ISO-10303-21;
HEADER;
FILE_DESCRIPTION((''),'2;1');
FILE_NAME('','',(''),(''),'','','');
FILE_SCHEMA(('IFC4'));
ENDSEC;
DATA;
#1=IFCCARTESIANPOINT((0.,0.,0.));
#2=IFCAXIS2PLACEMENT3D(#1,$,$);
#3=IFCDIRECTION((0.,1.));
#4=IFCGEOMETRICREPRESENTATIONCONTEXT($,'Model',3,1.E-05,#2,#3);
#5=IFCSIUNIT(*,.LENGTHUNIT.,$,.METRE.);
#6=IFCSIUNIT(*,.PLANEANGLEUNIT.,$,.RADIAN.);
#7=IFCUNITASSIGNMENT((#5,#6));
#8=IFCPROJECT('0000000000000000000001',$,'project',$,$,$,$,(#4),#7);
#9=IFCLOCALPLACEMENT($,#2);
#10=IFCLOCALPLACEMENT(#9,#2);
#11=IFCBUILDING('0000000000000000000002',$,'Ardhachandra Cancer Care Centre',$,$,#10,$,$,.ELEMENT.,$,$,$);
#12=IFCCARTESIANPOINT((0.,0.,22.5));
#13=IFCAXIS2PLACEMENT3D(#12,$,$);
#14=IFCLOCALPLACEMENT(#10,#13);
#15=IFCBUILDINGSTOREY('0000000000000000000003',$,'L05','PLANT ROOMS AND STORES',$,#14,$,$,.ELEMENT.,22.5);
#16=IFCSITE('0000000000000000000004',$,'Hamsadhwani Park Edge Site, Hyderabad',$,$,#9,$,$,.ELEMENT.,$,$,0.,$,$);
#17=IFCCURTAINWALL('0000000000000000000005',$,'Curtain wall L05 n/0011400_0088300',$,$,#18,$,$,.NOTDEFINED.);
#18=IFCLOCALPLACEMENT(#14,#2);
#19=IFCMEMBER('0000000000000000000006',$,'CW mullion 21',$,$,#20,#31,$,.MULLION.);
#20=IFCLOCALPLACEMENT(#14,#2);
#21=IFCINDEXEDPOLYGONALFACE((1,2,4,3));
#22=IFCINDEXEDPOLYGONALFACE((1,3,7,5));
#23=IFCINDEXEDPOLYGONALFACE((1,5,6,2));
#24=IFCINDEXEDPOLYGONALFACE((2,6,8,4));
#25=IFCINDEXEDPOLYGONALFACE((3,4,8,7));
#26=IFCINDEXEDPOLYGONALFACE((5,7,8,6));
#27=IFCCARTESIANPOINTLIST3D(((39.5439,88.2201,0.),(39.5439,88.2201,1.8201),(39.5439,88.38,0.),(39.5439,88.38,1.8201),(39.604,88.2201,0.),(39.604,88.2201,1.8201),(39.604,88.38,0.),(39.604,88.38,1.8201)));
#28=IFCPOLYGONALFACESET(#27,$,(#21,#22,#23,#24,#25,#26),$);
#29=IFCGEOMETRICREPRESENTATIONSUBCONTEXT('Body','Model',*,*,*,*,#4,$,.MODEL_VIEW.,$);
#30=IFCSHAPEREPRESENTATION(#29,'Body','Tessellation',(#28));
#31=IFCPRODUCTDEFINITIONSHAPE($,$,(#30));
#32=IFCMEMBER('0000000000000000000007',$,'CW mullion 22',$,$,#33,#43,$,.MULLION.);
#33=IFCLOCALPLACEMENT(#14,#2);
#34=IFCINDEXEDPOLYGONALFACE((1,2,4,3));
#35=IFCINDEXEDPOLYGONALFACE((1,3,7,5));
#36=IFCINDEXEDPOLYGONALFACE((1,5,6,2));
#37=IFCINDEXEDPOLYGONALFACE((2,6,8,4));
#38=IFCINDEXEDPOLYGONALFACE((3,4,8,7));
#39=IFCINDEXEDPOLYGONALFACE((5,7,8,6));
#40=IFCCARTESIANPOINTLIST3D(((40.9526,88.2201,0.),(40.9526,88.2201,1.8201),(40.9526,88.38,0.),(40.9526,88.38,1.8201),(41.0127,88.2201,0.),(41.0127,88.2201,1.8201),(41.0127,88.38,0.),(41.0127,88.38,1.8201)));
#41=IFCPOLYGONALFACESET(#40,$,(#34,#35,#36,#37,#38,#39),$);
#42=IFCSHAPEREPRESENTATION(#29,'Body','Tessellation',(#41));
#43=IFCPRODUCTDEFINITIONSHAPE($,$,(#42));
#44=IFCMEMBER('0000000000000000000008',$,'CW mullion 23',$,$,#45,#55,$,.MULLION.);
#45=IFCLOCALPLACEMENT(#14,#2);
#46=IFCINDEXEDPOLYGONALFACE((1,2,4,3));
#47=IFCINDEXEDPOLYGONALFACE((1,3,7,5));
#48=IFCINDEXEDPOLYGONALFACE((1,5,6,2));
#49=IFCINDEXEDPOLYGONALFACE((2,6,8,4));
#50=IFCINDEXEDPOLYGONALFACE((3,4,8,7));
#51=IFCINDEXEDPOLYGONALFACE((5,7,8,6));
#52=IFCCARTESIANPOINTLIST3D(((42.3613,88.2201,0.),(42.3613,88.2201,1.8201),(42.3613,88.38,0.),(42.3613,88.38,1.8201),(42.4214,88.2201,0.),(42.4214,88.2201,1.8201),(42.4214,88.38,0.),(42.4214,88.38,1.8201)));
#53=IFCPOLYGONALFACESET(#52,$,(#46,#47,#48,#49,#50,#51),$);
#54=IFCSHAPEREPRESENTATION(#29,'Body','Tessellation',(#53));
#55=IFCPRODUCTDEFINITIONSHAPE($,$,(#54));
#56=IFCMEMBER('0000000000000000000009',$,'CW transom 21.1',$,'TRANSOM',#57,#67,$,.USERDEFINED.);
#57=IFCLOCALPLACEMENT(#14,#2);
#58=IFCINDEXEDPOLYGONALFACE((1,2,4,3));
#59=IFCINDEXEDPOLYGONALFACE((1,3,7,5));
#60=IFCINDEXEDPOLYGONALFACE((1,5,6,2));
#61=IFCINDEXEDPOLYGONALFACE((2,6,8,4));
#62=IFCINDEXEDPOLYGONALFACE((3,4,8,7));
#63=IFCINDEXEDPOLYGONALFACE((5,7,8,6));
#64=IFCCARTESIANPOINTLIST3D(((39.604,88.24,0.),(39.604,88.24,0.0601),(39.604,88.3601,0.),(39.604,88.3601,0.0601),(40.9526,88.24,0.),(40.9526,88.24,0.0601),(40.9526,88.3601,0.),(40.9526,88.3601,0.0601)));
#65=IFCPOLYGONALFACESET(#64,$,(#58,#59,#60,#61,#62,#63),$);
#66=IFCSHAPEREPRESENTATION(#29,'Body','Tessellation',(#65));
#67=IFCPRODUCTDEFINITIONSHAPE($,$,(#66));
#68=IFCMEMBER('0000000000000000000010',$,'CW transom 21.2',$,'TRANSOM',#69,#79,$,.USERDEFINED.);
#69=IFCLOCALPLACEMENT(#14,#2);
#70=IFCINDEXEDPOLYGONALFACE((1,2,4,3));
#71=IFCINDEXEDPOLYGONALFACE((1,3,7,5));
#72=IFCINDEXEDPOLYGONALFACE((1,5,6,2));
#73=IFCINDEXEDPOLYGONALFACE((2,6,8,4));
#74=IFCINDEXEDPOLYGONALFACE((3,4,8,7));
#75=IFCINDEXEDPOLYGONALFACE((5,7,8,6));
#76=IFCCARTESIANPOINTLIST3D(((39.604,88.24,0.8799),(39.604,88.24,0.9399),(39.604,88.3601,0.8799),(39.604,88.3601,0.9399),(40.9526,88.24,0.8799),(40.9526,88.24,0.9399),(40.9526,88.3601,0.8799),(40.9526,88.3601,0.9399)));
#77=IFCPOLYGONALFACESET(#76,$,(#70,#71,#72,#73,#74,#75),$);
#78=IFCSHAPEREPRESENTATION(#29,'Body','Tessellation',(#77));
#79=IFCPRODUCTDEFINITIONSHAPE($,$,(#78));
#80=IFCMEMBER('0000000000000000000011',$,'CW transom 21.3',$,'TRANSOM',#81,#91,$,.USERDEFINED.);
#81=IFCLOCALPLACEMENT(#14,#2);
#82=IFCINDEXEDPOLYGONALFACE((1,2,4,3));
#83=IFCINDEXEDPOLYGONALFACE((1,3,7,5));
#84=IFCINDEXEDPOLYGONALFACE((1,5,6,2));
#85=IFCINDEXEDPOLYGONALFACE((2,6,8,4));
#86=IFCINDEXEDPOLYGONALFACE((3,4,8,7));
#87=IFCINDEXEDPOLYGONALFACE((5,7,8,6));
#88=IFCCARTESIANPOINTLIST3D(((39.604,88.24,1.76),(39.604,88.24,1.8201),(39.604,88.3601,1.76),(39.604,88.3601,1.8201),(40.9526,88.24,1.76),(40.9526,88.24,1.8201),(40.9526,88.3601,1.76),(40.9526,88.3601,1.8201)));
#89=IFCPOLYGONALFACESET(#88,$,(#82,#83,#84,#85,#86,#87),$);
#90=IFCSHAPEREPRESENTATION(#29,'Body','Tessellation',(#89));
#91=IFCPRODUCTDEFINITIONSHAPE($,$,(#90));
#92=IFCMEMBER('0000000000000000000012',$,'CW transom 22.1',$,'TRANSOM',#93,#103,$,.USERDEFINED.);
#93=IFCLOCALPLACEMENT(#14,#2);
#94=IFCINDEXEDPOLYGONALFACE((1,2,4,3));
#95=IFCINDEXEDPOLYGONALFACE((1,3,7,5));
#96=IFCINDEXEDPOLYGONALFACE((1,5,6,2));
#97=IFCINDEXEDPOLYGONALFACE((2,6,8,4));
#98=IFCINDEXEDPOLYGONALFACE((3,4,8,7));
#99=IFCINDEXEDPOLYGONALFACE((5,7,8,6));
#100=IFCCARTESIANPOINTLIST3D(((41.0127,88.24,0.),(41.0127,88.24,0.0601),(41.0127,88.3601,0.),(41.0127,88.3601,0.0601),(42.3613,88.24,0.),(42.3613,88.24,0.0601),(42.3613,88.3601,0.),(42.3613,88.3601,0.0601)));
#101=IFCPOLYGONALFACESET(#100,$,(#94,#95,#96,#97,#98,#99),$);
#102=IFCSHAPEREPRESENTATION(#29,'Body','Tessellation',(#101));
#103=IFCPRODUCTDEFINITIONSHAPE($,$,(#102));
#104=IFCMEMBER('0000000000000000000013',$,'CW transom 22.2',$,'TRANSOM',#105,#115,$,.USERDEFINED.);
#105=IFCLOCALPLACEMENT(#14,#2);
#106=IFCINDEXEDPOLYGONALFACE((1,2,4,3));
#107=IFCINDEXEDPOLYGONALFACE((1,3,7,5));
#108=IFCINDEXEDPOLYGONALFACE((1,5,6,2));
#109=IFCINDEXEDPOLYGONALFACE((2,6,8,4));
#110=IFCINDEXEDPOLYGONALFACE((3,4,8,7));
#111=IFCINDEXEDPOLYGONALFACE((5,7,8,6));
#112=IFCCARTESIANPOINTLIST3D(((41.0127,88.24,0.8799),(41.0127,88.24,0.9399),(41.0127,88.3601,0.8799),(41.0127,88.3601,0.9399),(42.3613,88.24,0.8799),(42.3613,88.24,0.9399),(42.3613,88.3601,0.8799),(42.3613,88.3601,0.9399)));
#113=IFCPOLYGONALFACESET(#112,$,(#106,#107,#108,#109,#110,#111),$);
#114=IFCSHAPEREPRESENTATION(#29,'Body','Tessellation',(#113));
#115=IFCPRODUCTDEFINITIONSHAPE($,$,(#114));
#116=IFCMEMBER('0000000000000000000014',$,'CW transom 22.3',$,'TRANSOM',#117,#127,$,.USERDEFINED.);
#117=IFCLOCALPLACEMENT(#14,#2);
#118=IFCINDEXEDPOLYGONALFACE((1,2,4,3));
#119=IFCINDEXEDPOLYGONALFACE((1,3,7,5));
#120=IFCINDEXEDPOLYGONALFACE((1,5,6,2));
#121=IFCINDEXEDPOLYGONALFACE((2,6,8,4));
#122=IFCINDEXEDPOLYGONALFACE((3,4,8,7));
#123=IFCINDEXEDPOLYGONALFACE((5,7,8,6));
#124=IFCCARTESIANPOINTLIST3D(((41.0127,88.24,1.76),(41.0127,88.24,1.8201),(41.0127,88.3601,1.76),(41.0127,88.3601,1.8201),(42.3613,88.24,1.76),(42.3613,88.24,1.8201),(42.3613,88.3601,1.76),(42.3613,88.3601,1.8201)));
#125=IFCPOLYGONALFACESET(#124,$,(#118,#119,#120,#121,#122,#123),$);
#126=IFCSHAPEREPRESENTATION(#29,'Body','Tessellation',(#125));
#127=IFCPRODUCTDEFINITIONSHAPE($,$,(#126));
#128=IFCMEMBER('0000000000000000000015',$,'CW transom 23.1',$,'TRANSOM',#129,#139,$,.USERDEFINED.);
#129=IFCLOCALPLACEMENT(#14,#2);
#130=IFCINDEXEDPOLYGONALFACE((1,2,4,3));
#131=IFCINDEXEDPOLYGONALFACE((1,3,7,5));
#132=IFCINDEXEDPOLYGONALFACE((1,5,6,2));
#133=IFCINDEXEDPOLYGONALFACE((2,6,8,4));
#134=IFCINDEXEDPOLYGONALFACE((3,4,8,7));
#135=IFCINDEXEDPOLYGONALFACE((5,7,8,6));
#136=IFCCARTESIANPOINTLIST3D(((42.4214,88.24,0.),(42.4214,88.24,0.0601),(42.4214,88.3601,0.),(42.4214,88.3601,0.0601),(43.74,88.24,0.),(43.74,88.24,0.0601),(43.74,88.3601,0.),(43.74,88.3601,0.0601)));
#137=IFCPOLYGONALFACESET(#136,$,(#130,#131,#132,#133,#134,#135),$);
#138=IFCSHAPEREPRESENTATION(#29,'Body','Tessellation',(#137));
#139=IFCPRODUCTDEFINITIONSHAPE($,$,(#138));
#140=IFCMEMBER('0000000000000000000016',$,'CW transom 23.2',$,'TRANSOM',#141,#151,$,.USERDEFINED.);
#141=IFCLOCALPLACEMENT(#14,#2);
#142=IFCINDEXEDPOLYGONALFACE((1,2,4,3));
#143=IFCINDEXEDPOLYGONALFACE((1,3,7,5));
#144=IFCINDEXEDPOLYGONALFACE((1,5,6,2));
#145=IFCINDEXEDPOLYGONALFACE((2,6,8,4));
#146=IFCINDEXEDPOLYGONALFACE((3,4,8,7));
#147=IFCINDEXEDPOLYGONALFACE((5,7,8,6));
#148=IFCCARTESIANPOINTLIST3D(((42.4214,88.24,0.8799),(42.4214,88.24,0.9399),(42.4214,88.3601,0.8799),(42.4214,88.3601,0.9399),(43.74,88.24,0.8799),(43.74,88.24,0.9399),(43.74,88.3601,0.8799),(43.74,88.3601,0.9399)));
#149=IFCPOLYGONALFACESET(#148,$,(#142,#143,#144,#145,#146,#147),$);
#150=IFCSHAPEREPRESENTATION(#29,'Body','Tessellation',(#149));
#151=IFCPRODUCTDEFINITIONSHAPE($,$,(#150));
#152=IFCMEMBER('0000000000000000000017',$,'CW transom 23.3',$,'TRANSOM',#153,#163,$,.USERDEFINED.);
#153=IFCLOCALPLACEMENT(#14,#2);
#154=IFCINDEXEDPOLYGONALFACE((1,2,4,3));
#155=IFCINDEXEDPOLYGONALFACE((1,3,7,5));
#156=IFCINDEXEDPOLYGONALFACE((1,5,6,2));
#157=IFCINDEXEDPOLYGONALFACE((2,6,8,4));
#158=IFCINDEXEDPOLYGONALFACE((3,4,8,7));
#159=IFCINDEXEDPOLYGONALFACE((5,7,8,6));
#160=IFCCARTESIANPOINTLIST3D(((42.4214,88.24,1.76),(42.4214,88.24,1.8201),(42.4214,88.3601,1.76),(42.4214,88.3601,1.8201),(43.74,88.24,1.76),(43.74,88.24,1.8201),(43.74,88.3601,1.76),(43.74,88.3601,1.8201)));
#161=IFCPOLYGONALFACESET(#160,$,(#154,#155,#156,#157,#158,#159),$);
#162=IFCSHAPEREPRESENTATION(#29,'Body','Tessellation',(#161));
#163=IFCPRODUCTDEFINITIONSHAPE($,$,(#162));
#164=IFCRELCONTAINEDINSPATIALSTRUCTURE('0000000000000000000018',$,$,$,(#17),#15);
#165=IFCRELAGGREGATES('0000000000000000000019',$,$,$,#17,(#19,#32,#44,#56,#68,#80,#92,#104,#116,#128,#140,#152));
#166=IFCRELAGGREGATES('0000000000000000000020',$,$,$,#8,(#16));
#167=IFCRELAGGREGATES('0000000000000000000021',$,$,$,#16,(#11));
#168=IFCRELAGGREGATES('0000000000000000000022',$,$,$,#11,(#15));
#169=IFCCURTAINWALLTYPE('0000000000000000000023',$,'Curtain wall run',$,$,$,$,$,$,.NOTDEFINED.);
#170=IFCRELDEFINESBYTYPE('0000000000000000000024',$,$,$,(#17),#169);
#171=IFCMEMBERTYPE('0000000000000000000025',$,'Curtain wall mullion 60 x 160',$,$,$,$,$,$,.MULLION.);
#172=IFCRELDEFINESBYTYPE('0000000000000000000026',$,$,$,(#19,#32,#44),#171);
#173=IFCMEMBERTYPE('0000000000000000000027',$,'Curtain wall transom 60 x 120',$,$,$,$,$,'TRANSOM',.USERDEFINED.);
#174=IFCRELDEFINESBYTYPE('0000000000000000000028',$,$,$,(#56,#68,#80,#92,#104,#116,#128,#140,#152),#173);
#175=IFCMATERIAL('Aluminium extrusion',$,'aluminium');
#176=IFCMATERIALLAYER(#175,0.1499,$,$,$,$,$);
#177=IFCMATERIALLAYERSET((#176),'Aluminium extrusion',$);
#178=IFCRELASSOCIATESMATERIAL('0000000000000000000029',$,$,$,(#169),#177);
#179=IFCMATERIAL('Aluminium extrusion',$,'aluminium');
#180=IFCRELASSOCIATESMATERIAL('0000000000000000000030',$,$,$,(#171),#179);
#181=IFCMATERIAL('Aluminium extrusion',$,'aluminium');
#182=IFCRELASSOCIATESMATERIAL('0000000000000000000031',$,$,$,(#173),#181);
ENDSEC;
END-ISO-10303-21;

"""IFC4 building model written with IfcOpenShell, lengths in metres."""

from ifc_helpers import new_model, si_unit, direction, frame, origin, origin_2d, place, context, subcontext, project, spatial, rectangle, extrude, material, layer, layer_set, material_profile, profile_set, type_object, element, aggregate, save


model = new_model("IFC4")

# Units and contexts
model_context = context("Model", 3, precision=1e-05, world=origin(), true_north=direction((0.0, 1.0)))
body_context = subcontext(model_context, "Body", "Model", "MODEL_VIEW")
ifc_project = project(units=[si_unit("LENGTHUNIT", "METRE"), si_unit("PLANEANGLEUNIT", "RADIAN")], contexts=[model_context])

# Site, building, storey
site_placement = place(None, origin())
site = spatial("IfcSite", under=ifc_project, at=site_placement, Name="Hamsadhwani Park Edge Site, Hyderabad", CompositionType="ELEMENT", RefElevation=0.0)
building_placement = place(site_placement, origin())
building = spatial("IfcBuilding", under=site, at=building_placement, Name="Ardhachandra Cancer Care Centre", CompositionType="ELEMENT")
storey_placement = place(building_placement, frame((0.0, 0.0, 22.5)))
storey = spatial("IfcBuildingStorey", under=building, at=storey_placement, Name="L05", Description="PLANT ROOMS AND STORES", CompositionType="ELEMENT", Elevation=22.5)

# Curtain wall, members
ifc_material_1 = material(Name="Aluminium extrusion", Category="aluminium")
ifc_layer_1 = layer(ifc_material_1, 0.1499)
ifc_layer_set_1 = layer_set([ifc_layer_1], Name="Aluminium extrusion")
curtain_wall_type = type_object("IfcCurtainWallType", Name="Curtain wall run", PredefinedType="NOTDEFINED", material=ifc_layer_set_1)
curtain_wall_placement = place(storey_placement, origin())
curtain_wall = element("IfcCurtainWall", 1, at=curtain_wall_placement, inside=storey, type_object=curtain_wall_type, Name="Curtain wall L05 n/0011400_0088300", PredefinedType="NOTDEFINED")
ifc_material_2 = material(Name="Aluminium extrusion", Category="aluminium")
ifc_material_profile_1 = material_profile(ifc_material_2, rectangle(XDim=0.1599, YDim=0.0601, at=origin_2d()), Name="Curtain wall mullion 60 x 160")
ifc_profile_set_1 = profile_set([ifc_material_profile_1], Name="Aluminium extrusion")
member_type_1 = type_object("IfcMemberType", Name="Curtain wall mullion 60 x 160", PredefinedType="MULLION", material=ifc_profile_set_1)
member_1_placement = place(storey_placement, frame((39.574, 88.3, 0.0), z_axis=(0.0, 0.0, 1.0), x_axis=(0.0, 1.0, 0.0)))
member_1 = element("IfcMember", 2, at=member_1_placement, type_object=member_type_1, Name="CW mullion 21", PredefinedType="MULLION", context=body_context, shape_type="SweptSolid", body=[
    extrude(rectangle(XDim=0.1599, YDim=0.0601, at=origin_2d()), origin(), (0.0, 0.0, 1.0), 1.8201),
])
member_2_placement = place(storey_placement, frame((40.9827, 88.3, 0.0), z_axis=(0.0, 0.0, 1.0), x_axis=(0.0, 1.0, 0.0)))
member_2 = element("IfcMember", 3, at=member_2_placement, type_object=member_type_1, Name="CW mullion 22", PredefinedType="MULLION", context=body_context, shape_type="SweptSolid", body=[
    extrude(rectangle(XDim=0.1599, YDim=0.0601, at=origin_2d()), origin(), (0.0, 0.0, 1.0), 1.8201),
])
member_3_placement = place(storey_placement, frame((42.3914, 88.3, 0.0), z_axis=(0.0, 0.0, 1.0), x_axis=(0.0, 1.0, 0.0)))
member_3 = element("IfcMember", 4, at=member_3_placement, type_object=member_type_1, Name="CW mullion 23", PredefinedType="MULLION", context=body_context, shape_type="SweptSolid", body=[
    extrude(rectangle(XDim=0.1599, YDim=0.0601, at=origin_2d()), origin(), (0.0, 0.0, 1.0), 1.8201),
])
ifc_material_3 = material(Name="Aluminium extrusion", Category="aluminium")
ifc_material_profile_2 = material_profile(ifc_material_3, rectangle(XDim=0.1201, YDim=0.0601, at=origin_2d()), Name="Curtain wall transom 60 x 120")
ifc_profile_set_2 = profile_set([ifc_material_profile_2], Name="Aluminium extrusion")
member_type_2 = type_object("IfcMemberType", Name="Curtain wall transom 60 x 120", ElementType="TRANSOM", PredefinedType="USERDEFINED", material=ifc_profile_set_2)
member_4_placement = place(storey_placement, frame((39.604, 88.3, 0.03), z_axis=(1.0, 0.0, 0.0), x_axis=(0.0, 1.0, 0.0)))
member_4 = element("IfcMember", 5, at=member_4_placement, type_object=member_type_2, Name="CW transom 21.1", ObjectType="TRANSOM", PredefinedType="USERDEFINED", context=body_context, shape_type="SweptSolid", body=[
    extrude(rectangle(XDim=0.1201, YDim=0.0601, at=origin_2d()), origin(), (0.0, 0.0, 1.0), 1.3486),
])
member_5_placement = place(storey_placement, frame((39.604, 88.3, 0.9099), z_axis=(1.0, 0.0, 0.0), x_axis=(0.0, 1.0, 0.0)))
member_5 = element("IfcMember", 6, at=member_5_placement, type_object=member_type_2, Name="CW transom 21.2", ObjectType="TRANSOM", PredefinedType="USERDEFINED", context=body_context, shape_type="SweptSolid", body=[
    extrude(rectangle(XDim=0.1201, YDim=0.0601, at=origin_2d()), origin(), (0.0, 0.0, 1.0), 1.3486),
])
member_6_placement = place(storey_placement, frame((39.604, 88.3, 1.79), z_axis=(1.0, 0.0, 0.0), x_axis=(0.0, 1.0, 0.0)))
member_6 = element("IfcMember", 7, at=member_6_placement, type_object=member_type_2, Name="CW transom 21.3", ObjectType="TRANSOM", PredefinedType="USERDEFINED", context=body_context, shape_type="SweptSolid", body=[
    extrude(rectangle(XDim=0.1201, YDim=0.0601, at=origin_2d()), origin(), (0.0, 0.0, 1.0), 1.3486),
])
member_7_placement = place(storey_placement, frame((41.0127, 88.3, 0.03), z_axis=(1.0, 0.0, 0.0), x_axis=(0.0, 1.0, 0.0)))
member_7 = element("IfcMember", 8, at=member_7_placement, type_object=member_type_2, Name="CW transom 22.1", ObjectType="TRANSOM", PredefinedType="USERDEFINED", context=body_context, shape_type="SweptSolid", body=[
    extrude(rectangle(XDim=0.1201, YDim=0.0601, at=origin_2d()), origin(), (0.0, 0.0, 1.0), 1.3486),
])
member_8_placement = place(storey_placement, frame((41.0127, 88.3, 0.9099), z_axis=(1.0, 0.0, 0.0), x_axis=(0.0, 1.0, 0.0)))
member_8 = element("IfcMember", 9, at=member_8_placement, type_object=member_type_2, Name="CW transom 22.2", ObjectType="TRANSOM", PredefinedType="USERDEFINED", context=body_context, shape_type="SweptSolid", body=[
    extrude(rectangle(XDim=0.1201, YDim=0.0601, at=origin_2d()), origin(), (0.0, 0.0, 1.0), 1.3486),
])
member_9_placement = place(storey_placement, frame((41.0127, 88.3, 1.79), z_axis=(1.0, 0.0, 0.0), x_axis=(0.0, 1.0, 0.0)))
member_9 = element("IfcMember", 10, at=member_9_placement, type_object=member_type_2, Name="CW transom 22.3", ObjectType="TRANSOM", PredefinedType="USERDEFINED", context=body_context, shape_type="SweptSolid", body=[
    extrude(rectangle(XDim=0.1201, YDim=0.0601, at=origin_2d()), origin(), (0.0, 0.0, 1.0), 1.3486),
])
member_10_placement = place(storey_placement, frame((42.4214, 88.3, 0.03), z_axis=(1.0, 0.0, 0.0), x_axis=(0.0, 1.0, 0.0)))
member_10 = element("IfcMember", 11, at=member_10_placement, type_object=member_type_2, Name="CW transom 23.1", ObjectType="TRANSOM", PredefinedType="USERDEFINED", context=body_context, shape_type="SweptSolid", body=[
    extrude(rectangle(XDim=0.1201, YDim=0.0601, at=origin_2d()), origin(), (0.0, 0.0, 1.0), 1.3186),
])
member_11_placement = place(storey_placement, frame((42.4214, 88.3, 0.9099), z_axis=(1.0, 0.0, 0.0), x_axis=(0.0, 1.0, 0.0)))
member_11 = element("IfcMember", 12, at=member_11_placement, type_object=member_type_2, Name="CW transom 23.2", ObjectType="TRANSOM", PredefinedType="USERDEFINED", context=body_context, shape_type="SweptSolid", body=[
    extrude(rectangle(XDim=0.1201, YDim=0.0601, at=origin_2d()), origin(), (0.0, 0.0, 1.0), 1.3186),
])
member_12_placement = place(storey_placement, frame((42.4214, 88.3, 1.79), z_axis=(1.0, 0.0, 0.0), x_axis=(0.0, 1.0, 0.0)))
member_12 = element("IfcMember", 13, at=member_12_placement, type_object=member_type_2, Name="CW transom 23.3", ObjectType="TRANSOM", PredefinedType="USERDEFINED", context=body_context, shape_type="SweptSolid", body=[
    extrude(rectangle(XDim=0.1201, YDim=0.0601, at=origin_2d()), origin(), (0.0, 0.0, 1.0), 1.3186),
])

aggregate(curtain_wall, [member_1, member_2, member_3, member_4, member_5, member_6, member_7, member_8, member_9, member_10, member_11, member_12])

save(model, "model.ifc")
